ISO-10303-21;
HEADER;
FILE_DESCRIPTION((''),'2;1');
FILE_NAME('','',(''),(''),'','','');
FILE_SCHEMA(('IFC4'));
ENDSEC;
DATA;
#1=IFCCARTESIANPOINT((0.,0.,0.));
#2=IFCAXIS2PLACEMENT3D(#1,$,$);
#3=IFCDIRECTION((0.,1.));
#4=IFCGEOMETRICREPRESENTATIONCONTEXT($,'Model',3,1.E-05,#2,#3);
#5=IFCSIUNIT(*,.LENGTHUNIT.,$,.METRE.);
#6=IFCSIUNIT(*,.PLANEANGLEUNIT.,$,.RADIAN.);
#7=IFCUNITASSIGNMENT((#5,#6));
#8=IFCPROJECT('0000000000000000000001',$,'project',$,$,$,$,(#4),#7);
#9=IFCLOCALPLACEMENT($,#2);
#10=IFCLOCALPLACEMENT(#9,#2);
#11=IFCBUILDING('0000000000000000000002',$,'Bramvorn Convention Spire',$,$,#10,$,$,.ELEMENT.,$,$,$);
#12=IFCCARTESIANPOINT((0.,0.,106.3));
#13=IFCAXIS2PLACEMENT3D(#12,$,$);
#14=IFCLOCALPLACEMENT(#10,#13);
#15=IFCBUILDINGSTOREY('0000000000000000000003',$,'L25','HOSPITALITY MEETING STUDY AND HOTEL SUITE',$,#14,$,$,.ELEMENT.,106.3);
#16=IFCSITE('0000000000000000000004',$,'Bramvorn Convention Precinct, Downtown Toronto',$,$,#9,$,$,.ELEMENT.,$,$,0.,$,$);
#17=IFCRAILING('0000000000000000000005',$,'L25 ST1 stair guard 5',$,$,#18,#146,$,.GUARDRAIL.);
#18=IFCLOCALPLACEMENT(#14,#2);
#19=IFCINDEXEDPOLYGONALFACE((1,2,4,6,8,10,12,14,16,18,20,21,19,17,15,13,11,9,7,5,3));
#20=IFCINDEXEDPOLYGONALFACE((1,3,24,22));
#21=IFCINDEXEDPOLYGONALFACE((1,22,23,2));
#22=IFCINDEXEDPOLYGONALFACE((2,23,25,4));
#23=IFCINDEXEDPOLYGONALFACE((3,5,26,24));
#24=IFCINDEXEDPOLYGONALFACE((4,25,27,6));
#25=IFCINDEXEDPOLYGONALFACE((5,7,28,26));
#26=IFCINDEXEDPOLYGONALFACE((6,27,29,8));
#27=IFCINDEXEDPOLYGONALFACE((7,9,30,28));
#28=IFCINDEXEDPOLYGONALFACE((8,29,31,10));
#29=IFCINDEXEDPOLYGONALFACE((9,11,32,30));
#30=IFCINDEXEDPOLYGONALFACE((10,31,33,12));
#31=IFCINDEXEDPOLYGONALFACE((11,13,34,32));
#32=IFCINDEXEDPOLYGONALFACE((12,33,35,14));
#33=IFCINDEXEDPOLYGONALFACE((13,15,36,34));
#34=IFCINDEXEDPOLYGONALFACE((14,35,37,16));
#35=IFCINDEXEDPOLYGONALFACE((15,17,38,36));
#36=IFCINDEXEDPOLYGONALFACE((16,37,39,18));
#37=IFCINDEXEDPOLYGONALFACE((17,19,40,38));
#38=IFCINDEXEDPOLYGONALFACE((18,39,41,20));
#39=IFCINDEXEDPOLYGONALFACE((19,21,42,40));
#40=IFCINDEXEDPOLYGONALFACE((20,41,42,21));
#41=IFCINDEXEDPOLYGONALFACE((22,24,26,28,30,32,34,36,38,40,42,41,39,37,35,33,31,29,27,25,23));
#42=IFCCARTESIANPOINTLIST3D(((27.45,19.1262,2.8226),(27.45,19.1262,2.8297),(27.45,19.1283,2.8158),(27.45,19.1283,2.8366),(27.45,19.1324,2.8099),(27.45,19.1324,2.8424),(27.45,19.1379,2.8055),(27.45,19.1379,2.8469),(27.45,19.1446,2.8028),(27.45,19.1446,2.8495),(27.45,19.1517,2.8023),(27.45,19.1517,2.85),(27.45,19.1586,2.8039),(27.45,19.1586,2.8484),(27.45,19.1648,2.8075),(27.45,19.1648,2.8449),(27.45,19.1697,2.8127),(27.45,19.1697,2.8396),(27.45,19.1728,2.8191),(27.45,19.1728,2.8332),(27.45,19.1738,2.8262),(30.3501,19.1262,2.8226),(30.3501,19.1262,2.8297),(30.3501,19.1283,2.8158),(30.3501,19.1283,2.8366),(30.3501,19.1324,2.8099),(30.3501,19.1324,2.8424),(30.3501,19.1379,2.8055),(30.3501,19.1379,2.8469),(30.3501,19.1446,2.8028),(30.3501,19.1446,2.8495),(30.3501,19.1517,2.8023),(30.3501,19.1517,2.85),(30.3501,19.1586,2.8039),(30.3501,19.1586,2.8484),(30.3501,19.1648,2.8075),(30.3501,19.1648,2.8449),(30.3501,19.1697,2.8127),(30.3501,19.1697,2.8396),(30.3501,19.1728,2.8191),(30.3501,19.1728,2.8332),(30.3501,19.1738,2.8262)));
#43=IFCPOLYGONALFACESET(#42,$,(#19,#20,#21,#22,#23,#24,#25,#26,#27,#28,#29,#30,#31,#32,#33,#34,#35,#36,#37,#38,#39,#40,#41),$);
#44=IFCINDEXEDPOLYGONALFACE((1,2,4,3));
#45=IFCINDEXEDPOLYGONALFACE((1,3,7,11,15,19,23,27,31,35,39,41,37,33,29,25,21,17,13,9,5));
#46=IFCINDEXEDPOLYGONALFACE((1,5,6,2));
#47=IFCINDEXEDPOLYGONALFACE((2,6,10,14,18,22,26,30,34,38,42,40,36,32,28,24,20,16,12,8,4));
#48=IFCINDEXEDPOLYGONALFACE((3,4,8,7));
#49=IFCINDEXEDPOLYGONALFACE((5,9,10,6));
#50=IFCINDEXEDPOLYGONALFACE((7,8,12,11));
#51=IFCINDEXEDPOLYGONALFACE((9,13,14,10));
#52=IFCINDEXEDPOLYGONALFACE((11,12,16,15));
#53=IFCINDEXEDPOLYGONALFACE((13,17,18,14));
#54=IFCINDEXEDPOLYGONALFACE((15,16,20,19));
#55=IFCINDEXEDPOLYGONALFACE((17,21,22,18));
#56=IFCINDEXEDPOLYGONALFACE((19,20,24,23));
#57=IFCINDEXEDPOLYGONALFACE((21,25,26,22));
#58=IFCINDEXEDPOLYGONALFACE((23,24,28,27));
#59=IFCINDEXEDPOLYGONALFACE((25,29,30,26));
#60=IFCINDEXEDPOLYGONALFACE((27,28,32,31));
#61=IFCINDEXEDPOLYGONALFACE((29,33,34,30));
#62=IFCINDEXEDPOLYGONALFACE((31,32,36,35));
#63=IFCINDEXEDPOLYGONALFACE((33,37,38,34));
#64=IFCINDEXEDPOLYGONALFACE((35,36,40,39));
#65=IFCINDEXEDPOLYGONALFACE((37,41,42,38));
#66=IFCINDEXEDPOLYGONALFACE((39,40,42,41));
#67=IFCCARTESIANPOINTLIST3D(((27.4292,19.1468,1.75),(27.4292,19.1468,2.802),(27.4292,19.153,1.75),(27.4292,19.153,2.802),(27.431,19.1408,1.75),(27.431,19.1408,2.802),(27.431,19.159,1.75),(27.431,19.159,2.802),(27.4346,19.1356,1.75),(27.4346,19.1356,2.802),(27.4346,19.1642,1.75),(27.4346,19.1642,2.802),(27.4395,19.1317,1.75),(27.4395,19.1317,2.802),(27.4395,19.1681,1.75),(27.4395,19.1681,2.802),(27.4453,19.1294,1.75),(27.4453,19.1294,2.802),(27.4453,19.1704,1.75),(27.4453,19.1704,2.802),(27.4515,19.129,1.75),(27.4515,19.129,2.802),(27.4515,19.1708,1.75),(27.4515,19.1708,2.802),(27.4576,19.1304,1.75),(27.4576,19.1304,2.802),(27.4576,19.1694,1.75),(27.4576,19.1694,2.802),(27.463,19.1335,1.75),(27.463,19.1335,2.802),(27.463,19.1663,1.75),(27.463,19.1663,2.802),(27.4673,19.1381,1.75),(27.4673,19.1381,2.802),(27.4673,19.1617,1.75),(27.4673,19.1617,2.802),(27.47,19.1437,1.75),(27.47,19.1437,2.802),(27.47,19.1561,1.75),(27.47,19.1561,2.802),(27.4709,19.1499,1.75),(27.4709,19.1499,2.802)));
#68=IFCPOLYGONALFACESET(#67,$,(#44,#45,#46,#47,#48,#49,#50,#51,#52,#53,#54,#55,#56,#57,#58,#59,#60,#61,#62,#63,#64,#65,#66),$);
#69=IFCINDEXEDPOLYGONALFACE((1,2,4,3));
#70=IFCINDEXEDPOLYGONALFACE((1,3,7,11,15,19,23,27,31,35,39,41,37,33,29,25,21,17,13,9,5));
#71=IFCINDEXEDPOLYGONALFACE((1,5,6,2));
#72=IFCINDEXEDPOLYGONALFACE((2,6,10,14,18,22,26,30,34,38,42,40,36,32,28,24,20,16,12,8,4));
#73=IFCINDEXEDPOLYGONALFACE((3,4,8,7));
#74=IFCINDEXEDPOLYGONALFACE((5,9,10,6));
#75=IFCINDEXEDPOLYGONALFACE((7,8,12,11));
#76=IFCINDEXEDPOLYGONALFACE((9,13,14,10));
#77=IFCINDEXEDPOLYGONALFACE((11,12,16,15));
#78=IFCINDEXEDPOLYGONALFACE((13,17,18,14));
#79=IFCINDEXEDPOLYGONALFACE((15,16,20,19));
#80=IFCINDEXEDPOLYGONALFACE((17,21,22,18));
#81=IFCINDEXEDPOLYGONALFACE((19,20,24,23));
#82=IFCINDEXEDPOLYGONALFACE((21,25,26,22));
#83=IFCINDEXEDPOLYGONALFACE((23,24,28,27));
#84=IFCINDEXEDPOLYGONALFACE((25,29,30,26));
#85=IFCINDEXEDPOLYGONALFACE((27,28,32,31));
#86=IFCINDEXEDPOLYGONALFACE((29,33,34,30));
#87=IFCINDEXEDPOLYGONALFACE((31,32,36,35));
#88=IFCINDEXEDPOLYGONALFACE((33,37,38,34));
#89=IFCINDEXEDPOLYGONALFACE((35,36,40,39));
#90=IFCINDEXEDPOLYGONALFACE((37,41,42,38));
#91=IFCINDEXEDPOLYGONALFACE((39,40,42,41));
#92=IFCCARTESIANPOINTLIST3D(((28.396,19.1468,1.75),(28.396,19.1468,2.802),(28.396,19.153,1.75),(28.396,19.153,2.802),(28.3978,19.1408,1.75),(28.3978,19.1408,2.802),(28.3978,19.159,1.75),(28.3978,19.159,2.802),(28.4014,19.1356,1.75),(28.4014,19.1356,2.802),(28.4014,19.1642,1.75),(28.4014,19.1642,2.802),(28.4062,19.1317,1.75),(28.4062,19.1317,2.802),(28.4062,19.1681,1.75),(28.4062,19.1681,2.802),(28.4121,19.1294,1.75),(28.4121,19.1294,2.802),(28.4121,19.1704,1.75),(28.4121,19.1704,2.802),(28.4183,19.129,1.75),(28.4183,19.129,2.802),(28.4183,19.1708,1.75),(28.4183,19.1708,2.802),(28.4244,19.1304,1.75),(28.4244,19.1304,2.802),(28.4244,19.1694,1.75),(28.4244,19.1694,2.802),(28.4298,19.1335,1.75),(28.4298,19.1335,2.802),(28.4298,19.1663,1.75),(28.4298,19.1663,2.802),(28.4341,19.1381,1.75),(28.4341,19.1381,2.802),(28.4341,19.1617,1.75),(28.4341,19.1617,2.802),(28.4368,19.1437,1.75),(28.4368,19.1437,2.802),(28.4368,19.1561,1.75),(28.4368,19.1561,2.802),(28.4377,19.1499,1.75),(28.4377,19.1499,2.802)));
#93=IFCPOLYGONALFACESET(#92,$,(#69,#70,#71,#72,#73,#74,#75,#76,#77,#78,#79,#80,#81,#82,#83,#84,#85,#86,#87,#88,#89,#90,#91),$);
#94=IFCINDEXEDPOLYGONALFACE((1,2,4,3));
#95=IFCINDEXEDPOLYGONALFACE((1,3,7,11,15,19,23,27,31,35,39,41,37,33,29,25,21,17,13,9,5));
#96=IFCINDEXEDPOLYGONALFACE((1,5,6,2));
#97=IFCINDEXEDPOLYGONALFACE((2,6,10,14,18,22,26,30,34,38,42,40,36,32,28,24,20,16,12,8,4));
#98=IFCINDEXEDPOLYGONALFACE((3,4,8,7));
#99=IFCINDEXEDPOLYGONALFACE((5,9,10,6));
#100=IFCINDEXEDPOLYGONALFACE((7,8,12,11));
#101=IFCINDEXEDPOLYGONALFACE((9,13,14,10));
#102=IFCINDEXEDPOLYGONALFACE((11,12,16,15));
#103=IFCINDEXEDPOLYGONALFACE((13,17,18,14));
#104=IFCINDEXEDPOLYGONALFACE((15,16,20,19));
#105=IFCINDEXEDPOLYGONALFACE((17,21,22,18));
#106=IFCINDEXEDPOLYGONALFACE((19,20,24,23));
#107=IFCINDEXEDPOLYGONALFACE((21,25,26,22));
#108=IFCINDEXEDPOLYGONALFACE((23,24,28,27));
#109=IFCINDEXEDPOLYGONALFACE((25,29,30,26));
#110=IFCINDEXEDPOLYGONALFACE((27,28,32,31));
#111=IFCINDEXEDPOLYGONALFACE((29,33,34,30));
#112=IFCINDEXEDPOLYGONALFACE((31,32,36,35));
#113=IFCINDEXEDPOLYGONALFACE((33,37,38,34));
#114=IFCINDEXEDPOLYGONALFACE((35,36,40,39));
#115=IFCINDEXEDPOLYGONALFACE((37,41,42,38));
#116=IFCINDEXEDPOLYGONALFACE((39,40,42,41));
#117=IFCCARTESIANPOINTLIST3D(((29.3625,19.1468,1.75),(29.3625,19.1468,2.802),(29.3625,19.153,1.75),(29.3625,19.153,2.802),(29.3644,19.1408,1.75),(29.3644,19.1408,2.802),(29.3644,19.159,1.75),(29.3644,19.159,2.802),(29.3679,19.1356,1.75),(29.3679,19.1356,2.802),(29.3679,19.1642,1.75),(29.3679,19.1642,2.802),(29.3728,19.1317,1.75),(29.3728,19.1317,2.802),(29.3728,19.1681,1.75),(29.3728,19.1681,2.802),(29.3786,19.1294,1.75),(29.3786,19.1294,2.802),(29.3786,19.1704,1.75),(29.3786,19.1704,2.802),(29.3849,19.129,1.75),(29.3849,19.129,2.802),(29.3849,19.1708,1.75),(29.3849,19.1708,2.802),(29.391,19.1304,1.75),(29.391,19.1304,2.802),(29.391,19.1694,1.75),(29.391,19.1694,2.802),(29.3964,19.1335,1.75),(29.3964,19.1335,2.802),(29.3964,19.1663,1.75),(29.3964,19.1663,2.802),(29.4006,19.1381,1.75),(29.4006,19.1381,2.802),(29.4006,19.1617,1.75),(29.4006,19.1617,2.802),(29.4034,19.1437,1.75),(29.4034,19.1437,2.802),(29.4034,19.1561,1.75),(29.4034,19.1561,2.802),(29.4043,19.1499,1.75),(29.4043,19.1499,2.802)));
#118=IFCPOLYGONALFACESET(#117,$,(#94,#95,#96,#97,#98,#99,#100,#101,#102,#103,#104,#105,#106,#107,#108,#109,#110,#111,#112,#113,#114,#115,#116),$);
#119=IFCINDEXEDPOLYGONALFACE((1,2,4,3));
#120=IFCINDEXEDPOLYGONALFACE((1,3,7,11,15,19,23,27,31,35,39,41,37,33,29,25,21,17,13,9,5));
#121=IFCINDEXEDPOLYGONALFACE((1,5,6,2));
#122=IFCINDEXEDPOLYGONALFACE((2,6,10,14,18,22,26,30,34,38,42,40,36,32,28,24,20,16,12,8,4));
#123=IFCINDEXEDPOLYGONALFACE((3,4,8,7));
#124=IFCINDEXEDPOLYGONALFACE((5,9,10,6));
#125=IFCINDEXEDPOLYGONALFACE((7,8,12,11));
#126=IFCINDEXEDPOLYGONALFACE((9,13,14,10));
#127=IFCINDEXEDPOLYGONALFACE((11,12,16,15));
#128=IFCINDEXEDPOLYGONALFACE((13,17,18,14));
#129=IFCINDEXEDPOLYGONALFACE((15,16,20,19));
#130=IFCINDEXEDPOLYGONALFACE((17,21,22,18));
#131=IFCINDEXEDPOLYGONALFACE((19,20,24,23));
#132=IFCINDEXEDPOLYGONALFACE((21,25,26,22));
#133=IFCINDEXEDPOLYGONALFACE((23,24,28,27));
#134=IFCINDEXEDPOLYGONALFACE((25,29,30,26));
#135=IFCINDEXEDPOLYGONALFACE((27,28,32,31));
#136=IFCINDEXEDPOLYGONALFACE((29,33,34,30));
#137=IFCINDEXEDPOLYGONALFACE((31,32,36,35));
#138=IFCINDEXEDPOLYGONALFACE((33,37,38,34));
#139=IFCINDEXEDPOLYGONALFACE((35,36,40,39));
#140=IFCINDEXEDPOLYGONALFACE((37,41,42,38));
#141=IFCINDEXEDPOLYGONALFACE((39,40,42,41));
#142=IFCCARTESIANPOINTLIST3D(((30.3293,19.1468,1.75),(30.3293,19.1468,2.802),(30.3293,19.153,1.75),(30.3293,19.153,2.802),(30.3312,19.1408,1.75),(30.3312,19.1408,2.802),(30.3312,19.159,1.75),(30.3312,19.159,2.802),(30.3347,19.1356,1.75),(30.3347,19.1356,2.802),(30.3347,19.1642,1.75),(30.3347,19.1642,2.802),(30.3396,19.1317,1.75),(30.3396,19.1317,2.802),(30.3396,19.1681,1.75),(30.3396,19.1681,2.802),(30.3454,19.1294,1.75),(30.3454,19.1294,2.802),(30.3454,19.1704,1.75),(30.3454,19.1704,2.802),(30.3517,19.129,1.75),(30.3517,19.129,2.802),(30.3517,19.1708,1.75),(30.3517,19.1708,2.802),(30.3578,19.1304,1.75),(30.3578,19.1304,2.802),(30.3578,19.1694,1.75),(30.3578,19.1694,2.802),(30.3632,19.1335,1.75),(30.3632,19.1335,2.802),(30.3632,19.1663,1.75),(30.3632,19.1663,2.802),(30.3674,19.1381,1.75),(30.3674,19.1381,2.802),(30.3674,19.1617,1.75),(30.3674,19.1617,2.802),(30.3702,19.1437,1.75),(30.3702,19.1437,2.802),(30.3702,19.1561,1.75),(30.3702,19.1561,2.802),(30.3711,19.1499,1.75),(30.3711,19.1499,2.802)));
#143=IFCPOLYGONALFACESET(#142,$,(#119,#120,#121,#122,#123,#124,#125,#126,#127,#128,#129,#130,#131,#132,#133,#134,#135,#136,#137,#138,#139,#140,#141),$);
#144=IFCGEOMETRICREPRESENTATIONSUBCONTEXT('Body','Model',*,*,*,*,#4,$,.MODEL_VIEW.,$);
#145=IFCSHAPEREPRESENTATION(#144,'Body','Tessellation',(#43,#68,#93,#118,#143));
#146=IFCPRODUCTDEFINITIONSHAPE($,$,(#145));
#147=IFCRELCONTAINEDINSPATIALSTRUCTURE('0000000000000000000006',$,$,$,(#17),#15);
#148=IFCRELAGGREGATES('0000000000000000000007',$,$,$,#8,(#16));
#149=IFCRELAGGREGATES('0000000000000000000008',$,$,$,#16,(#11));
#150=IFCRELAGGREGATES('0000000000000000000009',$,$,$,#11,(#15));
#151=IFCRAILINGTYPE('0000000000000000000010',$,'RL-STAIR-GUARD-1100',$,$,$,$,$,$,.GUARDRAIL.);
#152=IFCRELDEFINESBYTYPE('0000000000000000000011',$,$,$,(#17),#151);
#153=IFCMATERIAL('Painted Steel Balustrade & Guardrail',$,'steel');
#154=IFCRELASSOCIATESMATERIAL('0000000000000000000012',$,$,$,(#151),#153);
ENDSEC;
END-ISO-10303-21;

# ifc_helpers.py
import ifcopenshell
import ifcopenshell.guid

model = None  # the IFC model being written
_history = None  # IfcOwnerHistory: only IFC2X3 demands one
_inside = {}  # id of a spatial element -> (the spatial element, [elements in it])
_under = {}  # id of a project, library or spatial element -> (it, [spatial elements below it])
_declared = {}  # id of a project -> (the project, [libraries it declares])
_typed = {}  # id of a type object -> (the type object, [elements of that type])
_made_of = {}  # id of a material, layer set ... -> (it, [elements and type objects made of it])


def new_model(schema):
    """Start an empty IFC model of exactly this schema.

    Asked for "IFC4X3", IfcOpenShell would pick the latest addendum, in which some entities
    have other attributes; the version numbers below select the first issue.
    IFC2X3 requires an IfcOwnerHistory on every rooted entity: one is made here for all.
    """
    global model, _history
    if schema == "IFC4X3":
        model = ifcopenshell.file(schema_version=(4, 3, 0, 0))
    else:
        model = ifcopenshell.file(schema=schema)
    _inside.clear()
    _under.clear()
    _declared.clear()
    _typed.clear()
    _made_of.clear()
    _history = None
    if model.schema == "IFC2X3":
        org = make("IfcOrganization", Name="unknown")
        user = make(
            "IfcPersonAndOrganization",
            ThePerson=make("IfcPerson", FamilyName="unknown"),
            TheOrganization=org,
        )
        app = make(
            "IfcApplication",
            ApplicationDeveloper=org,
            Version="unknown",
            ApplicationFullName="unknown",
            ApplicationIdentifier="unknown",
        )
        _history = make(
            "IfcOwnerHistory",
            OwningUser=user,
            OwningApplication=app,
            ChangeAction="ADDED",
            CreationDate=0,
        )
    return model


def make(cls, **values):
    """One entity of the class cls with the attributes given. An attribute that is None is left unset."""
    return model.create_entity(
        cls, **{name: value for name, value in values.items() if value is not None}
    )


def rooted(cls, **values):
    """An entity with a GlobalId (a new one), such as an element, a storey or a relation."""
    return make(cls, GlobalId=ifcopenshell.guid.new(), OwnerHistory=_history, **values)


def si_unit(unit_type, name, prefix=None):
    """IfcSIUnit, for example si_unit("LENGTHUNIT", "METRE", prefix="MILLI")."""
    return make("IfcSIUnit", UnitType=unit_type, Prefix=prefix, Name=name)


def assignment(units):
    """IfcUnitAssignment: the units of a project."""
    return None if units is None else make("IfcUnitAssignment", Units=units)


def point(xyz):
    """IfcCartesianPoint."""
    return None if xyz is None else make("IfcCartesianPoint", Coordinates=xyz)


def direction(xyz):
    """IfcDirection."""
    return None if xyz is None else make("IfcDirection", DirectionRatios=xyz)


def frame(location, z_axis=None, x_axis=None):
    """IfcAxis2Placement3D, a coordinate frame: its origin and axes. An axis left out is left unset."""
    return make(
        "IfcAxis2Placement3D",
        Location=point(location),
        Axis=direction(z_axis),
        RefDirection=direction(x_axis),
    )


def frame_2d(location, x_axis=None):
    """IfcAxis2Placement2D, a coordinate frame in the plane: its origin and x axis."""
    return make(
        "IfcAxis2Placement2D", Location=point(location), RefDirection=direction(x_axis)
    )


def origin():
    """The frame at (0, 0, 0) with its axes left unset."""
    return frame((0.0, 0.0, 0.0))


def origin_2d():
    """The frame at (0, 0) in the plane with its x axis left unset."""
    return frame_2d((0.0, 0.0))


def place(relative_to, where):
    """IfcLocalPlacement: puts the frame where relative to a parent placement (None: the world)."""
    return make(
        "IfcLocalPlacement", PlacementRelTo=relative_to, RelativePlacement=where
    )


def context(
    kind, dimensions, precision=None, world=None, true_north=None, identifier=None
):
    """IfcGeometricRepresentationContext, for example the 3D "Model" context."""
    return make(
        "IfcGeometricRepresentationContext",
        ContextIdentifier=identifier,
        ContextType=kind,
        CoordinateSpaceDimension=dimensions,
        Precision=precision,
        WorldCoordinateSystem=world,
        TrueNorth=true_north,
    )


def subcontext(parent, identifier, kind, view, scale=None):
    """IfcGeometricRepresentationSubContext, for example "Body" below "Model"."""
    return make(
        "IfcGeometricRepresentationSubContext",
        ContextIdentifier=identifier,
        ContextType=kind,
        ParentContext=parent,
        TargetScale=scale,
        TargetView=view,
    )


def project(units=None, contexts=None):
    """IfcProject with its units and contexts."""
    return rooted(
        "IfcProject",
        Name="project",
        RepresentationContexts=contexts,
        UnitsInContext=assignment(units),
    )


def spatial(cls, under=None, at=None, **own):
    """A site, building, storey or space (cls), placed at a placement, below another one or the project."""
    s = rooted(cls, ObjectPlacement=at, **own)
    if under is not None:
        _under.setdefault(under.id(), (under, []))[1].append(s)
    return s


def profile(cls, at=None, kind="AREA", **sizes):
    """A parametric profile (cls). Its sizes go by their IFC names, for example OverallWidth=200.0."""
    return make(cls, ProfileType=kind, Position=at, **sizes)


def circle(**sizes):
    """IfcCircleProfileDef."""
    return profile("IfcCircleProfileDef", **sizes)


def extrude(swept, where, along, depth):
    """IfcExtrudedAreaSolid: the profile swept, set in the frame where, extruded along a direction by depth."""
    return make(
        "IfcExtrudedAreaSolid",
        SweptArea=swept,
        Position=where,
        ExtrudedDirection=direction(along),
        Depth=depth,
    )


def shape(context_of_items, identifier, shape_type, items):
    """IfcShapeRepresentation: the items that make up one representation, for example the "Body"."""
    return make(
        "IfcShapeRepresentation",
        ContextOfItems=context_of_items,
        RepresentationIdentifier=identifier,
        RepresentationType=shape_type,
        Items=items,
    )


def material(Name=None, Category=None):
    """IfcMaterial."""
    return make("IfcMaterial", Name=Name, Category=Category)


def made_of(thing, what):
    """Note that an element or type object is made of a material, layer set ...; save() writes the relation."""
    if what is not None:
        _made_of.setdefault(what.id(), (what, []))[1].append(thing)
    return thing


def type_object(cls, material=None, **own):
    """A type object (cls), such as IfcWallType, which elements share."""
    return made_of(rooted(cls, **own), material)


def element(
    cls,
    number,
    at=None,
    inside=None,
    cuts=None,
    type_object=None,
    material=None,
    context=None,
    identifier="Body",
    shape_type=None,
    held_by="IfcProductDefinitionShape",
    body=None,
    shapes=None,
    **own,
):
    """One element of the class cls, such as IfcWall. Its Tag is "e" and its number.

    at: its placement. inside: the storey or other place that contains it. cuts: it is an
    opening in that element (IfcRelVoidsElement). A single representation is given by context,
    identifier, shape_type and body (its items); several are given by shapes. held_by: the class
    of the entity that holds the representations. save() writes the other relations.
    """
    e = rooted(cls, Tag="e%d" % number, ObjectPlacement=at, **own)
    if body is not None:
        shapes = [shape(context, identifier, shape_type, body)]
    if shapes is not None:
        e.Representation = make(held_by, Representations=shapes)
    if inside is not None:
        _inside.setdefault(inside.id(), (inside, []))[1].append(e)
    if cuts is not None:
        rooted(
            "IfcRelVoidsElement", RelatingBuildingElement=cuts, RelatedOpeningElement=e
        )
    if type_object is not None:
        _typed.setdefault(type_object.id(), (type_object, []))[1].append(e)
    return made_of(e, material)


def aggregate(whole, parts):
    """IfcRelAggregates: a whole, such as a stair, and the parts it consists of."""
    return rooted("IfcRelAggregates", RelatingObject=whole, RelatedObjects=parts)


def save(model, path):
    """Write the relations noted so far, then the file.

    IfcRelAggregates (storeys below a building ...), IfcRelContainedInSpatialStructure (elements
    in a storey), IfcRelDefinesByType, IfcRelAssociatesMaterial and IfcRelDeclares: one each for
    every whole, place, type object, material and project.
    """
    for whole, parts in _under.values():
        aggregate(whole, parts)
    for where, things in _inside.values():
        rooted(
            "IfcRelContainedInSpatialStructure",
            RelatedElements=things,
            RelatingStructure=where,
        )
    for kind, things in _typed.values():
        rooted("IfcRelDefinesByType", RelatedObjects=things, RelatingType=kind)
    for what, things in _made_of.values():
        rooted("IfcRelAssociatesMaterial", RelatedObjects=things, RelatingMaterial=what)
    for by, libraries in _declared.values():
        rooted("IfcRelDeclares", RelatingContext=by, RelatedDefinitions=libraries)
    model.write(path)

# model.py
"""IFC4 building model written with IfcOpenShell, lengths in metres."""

from ifc_helpers import new_model, si_unit, direction, frame, origin, origin_2d, place, context, subcontext, project, spatial, circle, extrude, material, type_object, element, save


model = new_model("IFC4")

# Units and contexts
model_context = context("Model", 3, precision=1e-05, world=origin(), true_north=direction((0.0, 1.0)))
body_context = subcontext(model_context, "Body", "Model", "MODEL_VIEW")
ifc_project = project(units=[si_unit("LENGTHUNIT", "METRE"), si_unit("PLANEANGLEUNIT", "RADIAN")], contexts=[model_context])

# Site, building, storey
site_placement = place(None, origin())
site = spatial("IfcSite", under=ifc_project, at=site_placement, Name="Bramvorn Convention Precinct, Downtown Toronto", CompositionType="ELEMENT", RefElevation=0.0)
building_placement = place(site_placement, origin())
building = spatial("IfcBuilding", under=site, at=building_placement, Name="Bramvorn Convention Spire", CompositionType="ELEMENT")
storey_placement = place(building_placement, frame((0.0, 0.0, 106.3)))
storey = spatial("IfcBuildingStorey", under=building, at=storey_placement, Name="L25", Description="HOSPITALITY MEETING STUDY AND HOTEL SUITE", CompositionType="ELEMENT", Elevation=106.3)

# Railing
ifc_material_1 = material(Name="Painted Steel Balustrade & Guardrail", Category="steel")
railing_type_1 = type_object("IfcRailingType", Name="RL-STAIR-GUARD-1100", PredefinedType="GUARDRAIL", material=ifc_material_1)
railing_1_placement = place(storey_placement, frame((27.45, 19.1499, 1.75)))
element("IfcRailing", 1, at=railing_1_placement, inside=storey, type_object=railing_type_1, Name="L25 ST1 stair guard 5", PredefinedType="GUARDRAIL", context=body_context, shape_type="SweptSolid", body=[
    extrude(circle(Radius=0.0239, at=origin_2d()), frame((0.0, 0.0, 1.0762), z_axis=(1.0, 0.0, 0.0), x_axis=(0.0, 1.0, 0.0)), (0.0, 0.0, 1.0), 2.9001),
    extrude(circle(Radius=0.021, at=origin_2d()), origin(), (0.0, 0.0, 1.0), 1.052),
    extrude(circle(Radius=0.021, at=origin_2d()), frame((0.9668, 0.0, 0.0)), (0.0, 0.0, 1.0), 1.052),
    extrude(circle(Radius=0.021, at=origin_2d()), frame((1.9333, 0.0, 0.0)), (0.0, 0.0, 1.0), 1.052),
    extrude(circle(Radius=0.021, at=origin_2d()), frame((2.9001, 0.0, 0.0)), (0.0, 0.0, 1.0), 1.052),
])

save(model, "model.ifc")
